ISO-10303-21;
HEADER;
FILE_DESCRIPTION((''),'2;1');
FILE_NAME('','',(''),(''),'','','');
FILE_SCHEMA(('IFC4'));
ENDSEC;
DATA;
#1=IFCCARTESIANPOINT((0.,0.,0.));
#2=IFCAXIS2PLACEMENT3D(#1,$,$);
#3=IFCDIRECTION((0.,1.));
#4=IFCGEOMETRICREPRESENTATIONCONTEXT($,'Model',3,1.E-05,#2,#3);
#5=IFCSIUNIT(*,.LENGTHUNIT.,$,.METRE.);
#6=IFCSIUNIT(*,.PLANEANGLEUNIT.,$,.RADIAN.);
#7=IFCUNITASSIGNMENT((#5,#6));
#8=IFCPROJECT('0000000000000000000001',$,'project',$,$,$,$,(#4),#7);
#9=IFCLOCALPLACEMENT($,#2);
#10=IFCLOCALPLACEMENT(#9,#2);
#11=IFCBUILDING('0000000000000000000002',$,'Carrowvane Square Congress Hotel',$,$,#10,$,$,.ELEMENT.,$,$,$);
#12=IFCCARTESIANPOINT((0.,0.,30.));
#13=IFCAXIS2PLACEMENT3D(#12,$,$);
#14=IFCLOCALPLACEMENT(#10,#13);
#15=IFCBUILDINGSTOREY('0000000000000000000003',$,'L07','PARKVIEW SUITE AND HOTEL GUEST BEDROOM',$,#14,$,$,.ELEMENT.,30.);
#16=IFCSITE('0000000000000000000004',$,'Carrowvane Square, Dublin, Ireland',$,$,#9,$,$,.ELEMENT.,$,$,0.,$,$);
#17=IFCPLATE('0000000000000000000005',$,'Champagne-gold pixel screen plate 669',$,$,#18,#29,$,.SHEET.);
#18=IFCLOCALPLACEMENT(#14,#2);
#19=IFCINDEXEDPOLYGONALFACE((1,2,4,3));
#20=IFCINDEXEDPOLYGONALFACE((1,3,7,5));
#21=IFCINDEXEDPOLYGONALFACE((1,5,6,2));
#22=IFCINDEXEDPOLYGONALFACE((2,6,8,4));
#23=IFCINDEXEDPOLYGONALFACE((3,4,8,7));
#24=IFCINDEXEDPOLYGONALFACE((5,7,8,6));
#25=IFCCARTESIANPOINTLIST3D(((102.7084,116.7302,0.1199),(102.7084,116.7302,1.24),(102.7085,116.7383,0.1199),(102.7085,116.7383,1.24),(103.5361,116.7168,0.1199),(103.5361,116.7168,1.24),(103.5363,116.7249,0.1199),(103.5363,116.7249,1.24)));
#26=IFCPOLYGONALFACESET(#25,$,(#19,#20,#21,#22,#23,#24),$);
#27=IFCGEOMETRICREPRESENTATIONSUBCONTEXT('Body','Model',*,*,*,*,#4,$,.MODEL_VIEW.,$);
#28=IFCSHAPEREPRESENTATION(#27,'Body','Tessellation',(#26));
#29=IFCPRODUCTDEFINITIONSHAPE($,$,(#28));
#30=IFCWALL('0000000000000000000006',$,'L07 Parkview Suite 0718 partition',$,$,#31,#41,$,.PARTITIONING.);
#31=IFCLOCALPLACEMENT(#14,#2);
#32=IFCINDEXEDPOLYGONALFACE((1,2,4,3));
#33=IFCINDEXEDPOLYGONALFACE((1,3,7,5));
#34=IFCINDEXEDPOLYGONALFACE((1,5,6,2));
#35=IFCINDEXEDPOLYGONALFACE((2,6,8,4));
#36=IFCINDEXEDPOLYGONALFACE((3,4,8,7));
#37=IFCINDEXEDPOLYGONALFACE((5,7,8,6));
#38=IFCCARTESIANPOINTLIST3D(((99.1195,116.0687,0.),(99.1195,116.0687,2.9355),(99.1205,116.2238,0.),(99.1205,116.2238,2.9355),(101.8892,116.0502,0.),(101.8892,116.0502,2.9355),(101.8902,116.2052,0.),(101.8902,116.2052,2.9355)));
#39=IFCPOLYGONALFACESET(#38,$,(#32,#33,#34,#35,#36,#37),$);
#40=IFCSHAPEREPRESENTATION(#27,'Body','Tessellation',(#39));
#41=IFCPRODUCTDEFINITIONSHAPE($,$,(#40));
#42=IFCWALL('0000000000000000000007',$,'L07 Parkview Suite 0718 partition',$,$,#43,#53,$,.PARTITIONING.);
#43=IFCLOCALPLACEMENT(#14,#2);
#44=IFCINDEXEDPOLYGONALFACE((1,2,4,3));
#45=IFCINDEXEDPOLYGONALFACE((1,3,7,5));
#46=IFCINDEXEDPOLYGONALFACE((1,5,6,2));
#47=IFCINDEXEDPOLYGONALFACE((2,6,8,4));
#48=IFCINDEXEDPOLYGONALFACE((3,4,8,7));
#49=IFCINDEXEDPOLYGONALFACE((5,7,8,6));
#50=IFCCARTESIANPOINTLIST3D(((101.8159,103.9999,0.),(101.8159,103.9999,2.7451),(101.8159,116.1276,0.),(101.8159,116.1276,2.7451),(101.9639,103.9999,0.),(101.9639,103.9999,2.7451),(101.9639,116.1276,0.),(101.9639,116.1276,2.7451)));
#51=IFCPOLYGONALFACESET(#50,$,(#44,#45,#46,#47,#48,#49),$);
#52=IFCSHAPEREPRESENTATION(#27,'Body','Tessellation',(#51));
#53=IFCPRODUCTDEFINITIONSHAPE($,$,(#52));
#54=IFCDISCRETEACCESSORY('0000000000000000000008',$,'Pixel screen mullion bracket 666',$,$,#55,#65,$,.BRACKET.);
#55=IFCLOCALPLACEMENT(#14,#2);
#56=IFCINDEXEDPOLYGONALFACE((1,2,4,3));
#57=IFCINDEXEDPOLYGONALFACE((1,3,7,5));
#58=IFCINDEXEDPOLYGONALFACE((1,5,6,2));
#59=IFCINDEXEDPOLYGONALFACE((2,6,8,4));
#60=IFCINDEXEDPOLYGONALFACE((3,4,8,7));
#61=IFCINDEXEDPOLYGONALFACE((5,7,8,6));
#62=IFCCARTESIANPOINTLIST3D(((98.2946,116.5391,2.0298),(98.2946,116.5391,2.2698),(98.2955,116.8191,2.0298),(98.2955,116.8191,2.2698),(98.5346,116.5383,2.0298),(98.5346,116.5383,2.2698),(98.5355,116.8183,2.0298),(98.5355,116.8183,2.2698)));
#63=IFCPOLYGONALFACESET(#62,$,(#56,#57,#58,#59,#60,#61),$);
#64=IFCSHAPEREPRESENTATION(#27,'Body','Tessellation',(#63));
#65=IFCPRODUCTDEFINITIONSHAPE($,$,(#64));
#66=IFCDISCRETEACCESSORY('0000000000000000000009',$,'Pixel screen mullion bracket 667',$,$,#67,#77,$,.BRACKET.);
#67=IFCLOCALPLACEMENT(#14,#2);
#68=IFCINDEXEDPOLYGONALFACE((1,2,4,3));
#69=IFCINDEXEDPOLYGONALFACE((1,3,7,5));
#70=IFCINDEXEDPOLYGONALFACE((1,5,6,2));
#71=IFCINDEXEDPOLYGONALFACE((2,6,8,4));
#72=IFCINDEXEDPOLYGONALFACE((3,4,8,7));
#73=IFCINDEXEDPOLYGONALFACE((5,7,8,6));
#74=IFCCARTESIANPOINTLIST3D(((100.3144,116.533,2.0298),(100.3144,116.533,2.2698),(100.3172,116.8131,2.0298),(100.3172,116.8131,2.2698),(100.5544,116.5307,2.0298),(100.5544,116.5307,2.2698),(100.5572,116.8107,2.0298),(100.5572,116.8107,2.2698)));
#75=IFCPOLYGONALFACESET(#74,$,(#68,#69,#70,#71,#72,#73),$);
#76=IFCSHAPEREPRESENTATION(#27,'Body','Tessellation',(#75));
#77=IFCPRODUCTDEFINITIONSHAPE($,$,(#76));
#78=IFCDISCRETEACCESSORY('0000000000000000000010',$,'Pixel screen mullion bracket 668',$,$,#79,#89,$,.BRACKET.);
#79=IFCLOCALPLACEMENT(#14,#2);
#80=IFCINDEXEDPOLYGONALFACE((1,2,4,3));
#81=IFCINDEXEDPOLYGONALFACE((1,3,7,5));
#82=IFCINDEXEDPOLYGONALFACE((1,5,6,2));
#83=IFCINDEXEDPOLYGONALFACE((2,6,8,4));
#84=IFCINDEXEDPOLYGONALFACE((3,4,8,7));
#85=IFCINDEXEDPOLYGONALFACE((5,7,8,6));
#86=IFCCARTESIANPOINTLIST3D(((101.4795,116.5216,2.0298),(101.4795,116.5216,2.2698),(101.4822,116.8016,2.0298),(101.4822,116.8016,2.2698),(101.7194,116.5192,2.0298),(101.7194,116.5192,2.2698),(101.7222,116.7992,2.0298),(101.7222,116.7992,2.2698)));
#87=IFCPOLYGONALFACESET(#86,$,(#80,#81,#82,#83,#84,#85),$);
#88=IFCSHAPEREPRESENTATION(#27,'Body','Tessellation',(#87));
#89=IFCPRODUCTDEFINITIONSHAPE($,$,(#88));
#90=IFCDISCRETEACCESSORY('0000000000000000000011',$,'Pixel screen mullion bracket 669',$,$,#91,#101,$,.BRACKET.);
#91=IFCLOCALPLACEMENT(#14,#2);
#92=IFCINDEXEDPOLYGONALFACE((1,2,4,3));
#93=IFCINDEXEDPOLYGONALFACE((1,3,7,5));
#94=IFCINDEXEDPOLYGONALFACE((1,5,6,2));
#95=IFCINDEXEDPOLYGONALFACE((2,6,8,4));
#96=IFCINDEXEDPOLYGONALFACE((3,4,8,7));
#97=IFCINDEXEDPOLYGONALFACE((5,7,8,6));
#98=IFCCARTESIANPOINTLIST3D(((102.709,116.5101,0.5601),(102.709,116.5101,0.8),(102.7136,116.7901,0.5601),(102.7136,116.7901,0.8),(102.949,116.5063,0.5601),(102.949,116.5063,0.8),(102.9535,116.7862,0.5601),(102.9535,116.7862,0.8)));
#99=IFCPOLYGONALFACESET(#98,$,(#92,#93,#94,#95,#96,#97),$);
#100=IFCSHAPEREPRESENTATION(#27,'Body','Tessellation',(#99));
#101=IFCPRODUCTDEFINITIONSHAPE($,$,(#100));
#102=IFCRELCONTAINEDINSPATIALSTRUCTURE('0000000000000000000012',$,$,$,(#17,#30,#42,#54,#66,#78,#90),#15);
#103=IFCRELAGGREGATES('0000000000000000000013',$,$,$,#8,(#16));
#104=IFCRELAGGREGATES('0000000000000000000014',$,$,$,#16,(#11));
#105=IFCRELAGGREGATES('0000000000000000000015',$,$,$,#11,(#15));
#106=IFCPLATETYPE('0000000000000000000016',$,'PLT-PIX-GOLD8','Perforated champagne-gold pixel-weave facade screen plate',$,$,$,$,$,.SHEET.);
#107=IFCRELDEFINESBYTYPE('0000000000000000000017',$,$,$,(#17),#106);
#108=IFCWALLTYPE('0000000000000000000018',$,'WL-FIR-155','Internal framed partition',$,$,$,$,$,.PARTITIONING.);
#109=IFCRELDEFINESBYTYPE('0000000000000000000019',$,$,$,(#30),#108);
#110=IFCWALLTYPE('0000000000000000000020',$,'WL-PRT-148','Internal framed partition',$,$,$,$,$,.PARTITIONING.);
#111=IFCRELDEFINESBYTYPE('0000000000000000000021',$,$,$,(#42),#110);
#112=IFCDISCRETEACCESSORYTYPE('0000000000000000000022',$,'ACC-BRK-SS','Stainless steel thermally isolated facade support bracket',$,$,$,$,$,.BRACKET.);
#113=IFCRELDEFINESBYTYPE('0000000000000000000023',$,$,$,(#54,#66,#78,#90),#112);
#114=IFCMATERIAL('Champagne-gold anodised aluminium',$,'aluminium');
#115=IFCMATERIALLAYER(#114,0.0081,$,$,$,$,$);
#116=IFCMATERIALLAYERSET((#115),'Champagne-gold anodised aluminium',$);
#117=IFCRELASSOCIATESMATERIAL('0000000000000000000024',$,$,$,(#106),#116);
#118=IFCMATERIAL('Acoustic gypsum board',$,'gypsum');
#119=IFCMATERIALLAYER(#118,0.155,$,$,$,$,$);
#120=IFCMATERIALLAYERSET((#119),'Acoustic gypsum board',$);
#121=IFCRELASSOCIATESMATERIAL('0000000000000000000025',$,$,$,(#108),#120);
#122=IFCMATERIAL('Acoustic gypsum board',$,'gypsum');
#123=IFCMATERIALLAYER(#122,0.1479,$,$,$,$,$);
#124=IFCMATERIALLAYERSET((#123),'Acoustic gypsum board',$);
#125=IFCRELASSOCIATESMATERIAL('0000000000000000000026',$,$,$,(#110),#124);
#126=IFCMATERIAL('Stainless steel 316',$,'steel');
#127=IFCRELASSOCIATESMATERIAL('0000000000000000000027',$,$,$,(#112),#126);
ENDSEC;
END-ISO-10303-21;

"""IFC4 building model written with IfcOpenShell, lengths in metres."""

from ifc_helpers import new_model, si_unit, direction, frame, frame_2d, origin, origin_2d, place, context, subcontext, project, spatial, rectangle, extrude, material, layer, layer_set, type_object, element, save


model = new_model("IFC4")

# Units and contexts
model_context = context("Model", 3, precision=1e-05, world=origin(), true_north=direction((0.0, 1.0)))
body_context = subcontext(model_context, "Body", "Model", "MODEL_VIEW")
ifc_project = project(units=[si_unit("LENGTHUNIT", "METRE"), si_unit("PLANEANGLEUNIT", "RADIAN")], contexts=[model_context])

# Site, building, storey
site_placement = place(None, origin())
site = spatial("IfcSite", under=ifc_project, at=site_placement, Name="Carrowvane Square, Dublin, Ireland", CompositionType="ELEMENT", RefElevation=0.0)
building_placement = place(site_placement, origin())
building = spatial("IfcBuilding", under=site, at=building_placement, Name="Carrowvane Square Congress Hotel", CompositionType="ELEMENT")
storey_placement = place(building_placement, frame((0.0, 0.0, 30.0)))
storey = spatial("IfcBuildingStorey", under=building, at=storey_placement, Name="L07", Description="PARKVIEW SUITE AND HOTEL GUEST BEDROOM", CompositionType="ELEMENT", Elevation=30.0)

# Plate
ifc_material_1 = material(Name="Champagne-gold anodised aluminium", Category="aluminium")
ifc_layer_1 = layer(ifc_material_1, 0.0081)
ifc_layer_set_1 = layer_set([ifc_layer_1], Name="Champagne-gold anodised aluminium")
plate_type_1 = type_object("IfcPlateType", Name="PLT-PIX-GOLD8", Description="Perforated champagne-gold pixel-weave facade screen plate", PredefinedType="SHEET", material=ifc_layer_set_1)
for number, where, z_axis, x_axis, name in (
    (1, (103.1223, 116.7275, 0.1199), (0.0, 0.0, 1.0), (0.999869, -0.016216, 0.0), "Champagne-gold pixel screen plate 669"),
):
    element("IfcPlate", number, at=place(storey_placement, frame(where, z_axis=z_axis, x_axis=x_axis)), inside=storey, type_object=plate_type_1, Name=name, PredefinedType="SHEET", context=body_context, shape_type="SweptSolid", body=[
        extrude(rectangle(XDim=0.8279, YDim=0.0081, at=origin_2d()), origin(), (0.0, 0.0, 1.0), 1.1201),
    ])

# Walls
ifc_material_2 = material(Name="Acoustic gypsum board", Category="gypsum")
ifc_layer_2 = layer(ifc_material_2, 0.155)
ifc_layer_set_2 = layer_set([ifc_layer_2], Name="Acoustic gypsum board")
wall_type_1 = type_object("IfcWallType", Name="WL-FIR-155", Description="Internal framed partition", PredefinedType="PARTITIONING", material=ifc_layer_set_2)
wall_1_placement = place(storey_placement, frame((99.1201, 116.1462, 0.0), z_axis=(0.0, 0.0, 1.0), x_axis=(0.999978, -0.006699, 0.0)))
element("IfcWall", 2, at=wall_1_placement, inside=storey, type_object=wall_type_1, Name="L07 Parkview Suite 0718 partition", PredefinedType="PARTITIONING", context=body_context, shape_type="SweptSolid", body=[
    extrude(rectangle(XDim=2.7698, YDim=0.155, at=frame_2d((1.3848, 0.0))), origin(), (0.0, 0.0, 1.0), 2.9355),
])
ifc_material_3 = material(Name="Acoustic gypsum board", Category="gypsum")
ifc_layer_3 = layer(ifc_material_3, 0.1479)
ifc_layer_set_3 = layer_set([ifc_layer_3], Name="Acoustic gypsum board")
wall_type_2 = type_object("IfcWallType", Name="WL-PRT-148", Description="Internal framed partition", PredefinedType="PARTITIONING", material=ifc_layer_set_3)
wall_2_placement = place(storey_placement, frame((101.8899, 116.1277, 0.0), z_axis=(0.0, 0.0, 1.0), x_axis=(0.0, -1.0, 0.0)))
element("IfcWall", 3, at=wall_2_placement, inside=storey, type_object=wall_type_2, Name="L07 Parkview Suite 0718 partition", PredefinedType="PARTITIONING", context=body_context, shape_type="SweptSolid", body=[
    extrude(rectangle(XDim=12.1277, YDim=0.1479, at=frame_2d((6.064, 0.0))), origin(), (0.0, 0.0, 1.0), 2.7451),
])

# Discrete accessories
ifc_material_4 = material(Name="Stainless steel 316", Category="steel")
discrete_accessory_type = type_object("IfcDiscreteAccessoryType", Name="ACC-BRK-SS", Description="Stainless steel thermally isolated facade support bracket", PredefinedType="BRACKET", material=ifc_material_4)
for number, where, z_axis, x_axis, name in (
    (4, (98.415, 116.6787, 2.0298), (0.0, 0.0, 1.0), (0.999995, -0.00327, 0.0), "Pixel screen mullion bracket 666"),
    (5, (100.4358, 116.6719, 2.0298), (0.0, 0.0, 1.0), (0.999952, -0.009782, 0.0), "Pixel screen mullion bracket 667"),
    (6, (101.6008, 116.6604, 2.0298), (0.0, 0.0, 1.0), (0.999952, -0.009782, 0.0), "Pixel screen mullion bracket 668"),
    (7, (102.8313, 116.6482, 0.5601), (0.0, 0.0, 1.0), (0.999869, -0.016216, 0.0), "Pixel screen mullion bracket 669"),
):
    element("IfcDiscreteAccessory", number, at=place(storey_placement, frame(where, z_axis=z_axis, x_axis=x_axis)), inside=storey, type_object=discrete_accessory_type, Name=name, PredefinedType="BRACKET", context=body_context, shape_type="SweptSolid", body=[
        extrude(rectangle(XDim=0.24, YDim=0.28, at=origin_2d()), origin(), (0.0, 0.0, 1.0), 0.24),
    ])

save(model, "model.ifc")
